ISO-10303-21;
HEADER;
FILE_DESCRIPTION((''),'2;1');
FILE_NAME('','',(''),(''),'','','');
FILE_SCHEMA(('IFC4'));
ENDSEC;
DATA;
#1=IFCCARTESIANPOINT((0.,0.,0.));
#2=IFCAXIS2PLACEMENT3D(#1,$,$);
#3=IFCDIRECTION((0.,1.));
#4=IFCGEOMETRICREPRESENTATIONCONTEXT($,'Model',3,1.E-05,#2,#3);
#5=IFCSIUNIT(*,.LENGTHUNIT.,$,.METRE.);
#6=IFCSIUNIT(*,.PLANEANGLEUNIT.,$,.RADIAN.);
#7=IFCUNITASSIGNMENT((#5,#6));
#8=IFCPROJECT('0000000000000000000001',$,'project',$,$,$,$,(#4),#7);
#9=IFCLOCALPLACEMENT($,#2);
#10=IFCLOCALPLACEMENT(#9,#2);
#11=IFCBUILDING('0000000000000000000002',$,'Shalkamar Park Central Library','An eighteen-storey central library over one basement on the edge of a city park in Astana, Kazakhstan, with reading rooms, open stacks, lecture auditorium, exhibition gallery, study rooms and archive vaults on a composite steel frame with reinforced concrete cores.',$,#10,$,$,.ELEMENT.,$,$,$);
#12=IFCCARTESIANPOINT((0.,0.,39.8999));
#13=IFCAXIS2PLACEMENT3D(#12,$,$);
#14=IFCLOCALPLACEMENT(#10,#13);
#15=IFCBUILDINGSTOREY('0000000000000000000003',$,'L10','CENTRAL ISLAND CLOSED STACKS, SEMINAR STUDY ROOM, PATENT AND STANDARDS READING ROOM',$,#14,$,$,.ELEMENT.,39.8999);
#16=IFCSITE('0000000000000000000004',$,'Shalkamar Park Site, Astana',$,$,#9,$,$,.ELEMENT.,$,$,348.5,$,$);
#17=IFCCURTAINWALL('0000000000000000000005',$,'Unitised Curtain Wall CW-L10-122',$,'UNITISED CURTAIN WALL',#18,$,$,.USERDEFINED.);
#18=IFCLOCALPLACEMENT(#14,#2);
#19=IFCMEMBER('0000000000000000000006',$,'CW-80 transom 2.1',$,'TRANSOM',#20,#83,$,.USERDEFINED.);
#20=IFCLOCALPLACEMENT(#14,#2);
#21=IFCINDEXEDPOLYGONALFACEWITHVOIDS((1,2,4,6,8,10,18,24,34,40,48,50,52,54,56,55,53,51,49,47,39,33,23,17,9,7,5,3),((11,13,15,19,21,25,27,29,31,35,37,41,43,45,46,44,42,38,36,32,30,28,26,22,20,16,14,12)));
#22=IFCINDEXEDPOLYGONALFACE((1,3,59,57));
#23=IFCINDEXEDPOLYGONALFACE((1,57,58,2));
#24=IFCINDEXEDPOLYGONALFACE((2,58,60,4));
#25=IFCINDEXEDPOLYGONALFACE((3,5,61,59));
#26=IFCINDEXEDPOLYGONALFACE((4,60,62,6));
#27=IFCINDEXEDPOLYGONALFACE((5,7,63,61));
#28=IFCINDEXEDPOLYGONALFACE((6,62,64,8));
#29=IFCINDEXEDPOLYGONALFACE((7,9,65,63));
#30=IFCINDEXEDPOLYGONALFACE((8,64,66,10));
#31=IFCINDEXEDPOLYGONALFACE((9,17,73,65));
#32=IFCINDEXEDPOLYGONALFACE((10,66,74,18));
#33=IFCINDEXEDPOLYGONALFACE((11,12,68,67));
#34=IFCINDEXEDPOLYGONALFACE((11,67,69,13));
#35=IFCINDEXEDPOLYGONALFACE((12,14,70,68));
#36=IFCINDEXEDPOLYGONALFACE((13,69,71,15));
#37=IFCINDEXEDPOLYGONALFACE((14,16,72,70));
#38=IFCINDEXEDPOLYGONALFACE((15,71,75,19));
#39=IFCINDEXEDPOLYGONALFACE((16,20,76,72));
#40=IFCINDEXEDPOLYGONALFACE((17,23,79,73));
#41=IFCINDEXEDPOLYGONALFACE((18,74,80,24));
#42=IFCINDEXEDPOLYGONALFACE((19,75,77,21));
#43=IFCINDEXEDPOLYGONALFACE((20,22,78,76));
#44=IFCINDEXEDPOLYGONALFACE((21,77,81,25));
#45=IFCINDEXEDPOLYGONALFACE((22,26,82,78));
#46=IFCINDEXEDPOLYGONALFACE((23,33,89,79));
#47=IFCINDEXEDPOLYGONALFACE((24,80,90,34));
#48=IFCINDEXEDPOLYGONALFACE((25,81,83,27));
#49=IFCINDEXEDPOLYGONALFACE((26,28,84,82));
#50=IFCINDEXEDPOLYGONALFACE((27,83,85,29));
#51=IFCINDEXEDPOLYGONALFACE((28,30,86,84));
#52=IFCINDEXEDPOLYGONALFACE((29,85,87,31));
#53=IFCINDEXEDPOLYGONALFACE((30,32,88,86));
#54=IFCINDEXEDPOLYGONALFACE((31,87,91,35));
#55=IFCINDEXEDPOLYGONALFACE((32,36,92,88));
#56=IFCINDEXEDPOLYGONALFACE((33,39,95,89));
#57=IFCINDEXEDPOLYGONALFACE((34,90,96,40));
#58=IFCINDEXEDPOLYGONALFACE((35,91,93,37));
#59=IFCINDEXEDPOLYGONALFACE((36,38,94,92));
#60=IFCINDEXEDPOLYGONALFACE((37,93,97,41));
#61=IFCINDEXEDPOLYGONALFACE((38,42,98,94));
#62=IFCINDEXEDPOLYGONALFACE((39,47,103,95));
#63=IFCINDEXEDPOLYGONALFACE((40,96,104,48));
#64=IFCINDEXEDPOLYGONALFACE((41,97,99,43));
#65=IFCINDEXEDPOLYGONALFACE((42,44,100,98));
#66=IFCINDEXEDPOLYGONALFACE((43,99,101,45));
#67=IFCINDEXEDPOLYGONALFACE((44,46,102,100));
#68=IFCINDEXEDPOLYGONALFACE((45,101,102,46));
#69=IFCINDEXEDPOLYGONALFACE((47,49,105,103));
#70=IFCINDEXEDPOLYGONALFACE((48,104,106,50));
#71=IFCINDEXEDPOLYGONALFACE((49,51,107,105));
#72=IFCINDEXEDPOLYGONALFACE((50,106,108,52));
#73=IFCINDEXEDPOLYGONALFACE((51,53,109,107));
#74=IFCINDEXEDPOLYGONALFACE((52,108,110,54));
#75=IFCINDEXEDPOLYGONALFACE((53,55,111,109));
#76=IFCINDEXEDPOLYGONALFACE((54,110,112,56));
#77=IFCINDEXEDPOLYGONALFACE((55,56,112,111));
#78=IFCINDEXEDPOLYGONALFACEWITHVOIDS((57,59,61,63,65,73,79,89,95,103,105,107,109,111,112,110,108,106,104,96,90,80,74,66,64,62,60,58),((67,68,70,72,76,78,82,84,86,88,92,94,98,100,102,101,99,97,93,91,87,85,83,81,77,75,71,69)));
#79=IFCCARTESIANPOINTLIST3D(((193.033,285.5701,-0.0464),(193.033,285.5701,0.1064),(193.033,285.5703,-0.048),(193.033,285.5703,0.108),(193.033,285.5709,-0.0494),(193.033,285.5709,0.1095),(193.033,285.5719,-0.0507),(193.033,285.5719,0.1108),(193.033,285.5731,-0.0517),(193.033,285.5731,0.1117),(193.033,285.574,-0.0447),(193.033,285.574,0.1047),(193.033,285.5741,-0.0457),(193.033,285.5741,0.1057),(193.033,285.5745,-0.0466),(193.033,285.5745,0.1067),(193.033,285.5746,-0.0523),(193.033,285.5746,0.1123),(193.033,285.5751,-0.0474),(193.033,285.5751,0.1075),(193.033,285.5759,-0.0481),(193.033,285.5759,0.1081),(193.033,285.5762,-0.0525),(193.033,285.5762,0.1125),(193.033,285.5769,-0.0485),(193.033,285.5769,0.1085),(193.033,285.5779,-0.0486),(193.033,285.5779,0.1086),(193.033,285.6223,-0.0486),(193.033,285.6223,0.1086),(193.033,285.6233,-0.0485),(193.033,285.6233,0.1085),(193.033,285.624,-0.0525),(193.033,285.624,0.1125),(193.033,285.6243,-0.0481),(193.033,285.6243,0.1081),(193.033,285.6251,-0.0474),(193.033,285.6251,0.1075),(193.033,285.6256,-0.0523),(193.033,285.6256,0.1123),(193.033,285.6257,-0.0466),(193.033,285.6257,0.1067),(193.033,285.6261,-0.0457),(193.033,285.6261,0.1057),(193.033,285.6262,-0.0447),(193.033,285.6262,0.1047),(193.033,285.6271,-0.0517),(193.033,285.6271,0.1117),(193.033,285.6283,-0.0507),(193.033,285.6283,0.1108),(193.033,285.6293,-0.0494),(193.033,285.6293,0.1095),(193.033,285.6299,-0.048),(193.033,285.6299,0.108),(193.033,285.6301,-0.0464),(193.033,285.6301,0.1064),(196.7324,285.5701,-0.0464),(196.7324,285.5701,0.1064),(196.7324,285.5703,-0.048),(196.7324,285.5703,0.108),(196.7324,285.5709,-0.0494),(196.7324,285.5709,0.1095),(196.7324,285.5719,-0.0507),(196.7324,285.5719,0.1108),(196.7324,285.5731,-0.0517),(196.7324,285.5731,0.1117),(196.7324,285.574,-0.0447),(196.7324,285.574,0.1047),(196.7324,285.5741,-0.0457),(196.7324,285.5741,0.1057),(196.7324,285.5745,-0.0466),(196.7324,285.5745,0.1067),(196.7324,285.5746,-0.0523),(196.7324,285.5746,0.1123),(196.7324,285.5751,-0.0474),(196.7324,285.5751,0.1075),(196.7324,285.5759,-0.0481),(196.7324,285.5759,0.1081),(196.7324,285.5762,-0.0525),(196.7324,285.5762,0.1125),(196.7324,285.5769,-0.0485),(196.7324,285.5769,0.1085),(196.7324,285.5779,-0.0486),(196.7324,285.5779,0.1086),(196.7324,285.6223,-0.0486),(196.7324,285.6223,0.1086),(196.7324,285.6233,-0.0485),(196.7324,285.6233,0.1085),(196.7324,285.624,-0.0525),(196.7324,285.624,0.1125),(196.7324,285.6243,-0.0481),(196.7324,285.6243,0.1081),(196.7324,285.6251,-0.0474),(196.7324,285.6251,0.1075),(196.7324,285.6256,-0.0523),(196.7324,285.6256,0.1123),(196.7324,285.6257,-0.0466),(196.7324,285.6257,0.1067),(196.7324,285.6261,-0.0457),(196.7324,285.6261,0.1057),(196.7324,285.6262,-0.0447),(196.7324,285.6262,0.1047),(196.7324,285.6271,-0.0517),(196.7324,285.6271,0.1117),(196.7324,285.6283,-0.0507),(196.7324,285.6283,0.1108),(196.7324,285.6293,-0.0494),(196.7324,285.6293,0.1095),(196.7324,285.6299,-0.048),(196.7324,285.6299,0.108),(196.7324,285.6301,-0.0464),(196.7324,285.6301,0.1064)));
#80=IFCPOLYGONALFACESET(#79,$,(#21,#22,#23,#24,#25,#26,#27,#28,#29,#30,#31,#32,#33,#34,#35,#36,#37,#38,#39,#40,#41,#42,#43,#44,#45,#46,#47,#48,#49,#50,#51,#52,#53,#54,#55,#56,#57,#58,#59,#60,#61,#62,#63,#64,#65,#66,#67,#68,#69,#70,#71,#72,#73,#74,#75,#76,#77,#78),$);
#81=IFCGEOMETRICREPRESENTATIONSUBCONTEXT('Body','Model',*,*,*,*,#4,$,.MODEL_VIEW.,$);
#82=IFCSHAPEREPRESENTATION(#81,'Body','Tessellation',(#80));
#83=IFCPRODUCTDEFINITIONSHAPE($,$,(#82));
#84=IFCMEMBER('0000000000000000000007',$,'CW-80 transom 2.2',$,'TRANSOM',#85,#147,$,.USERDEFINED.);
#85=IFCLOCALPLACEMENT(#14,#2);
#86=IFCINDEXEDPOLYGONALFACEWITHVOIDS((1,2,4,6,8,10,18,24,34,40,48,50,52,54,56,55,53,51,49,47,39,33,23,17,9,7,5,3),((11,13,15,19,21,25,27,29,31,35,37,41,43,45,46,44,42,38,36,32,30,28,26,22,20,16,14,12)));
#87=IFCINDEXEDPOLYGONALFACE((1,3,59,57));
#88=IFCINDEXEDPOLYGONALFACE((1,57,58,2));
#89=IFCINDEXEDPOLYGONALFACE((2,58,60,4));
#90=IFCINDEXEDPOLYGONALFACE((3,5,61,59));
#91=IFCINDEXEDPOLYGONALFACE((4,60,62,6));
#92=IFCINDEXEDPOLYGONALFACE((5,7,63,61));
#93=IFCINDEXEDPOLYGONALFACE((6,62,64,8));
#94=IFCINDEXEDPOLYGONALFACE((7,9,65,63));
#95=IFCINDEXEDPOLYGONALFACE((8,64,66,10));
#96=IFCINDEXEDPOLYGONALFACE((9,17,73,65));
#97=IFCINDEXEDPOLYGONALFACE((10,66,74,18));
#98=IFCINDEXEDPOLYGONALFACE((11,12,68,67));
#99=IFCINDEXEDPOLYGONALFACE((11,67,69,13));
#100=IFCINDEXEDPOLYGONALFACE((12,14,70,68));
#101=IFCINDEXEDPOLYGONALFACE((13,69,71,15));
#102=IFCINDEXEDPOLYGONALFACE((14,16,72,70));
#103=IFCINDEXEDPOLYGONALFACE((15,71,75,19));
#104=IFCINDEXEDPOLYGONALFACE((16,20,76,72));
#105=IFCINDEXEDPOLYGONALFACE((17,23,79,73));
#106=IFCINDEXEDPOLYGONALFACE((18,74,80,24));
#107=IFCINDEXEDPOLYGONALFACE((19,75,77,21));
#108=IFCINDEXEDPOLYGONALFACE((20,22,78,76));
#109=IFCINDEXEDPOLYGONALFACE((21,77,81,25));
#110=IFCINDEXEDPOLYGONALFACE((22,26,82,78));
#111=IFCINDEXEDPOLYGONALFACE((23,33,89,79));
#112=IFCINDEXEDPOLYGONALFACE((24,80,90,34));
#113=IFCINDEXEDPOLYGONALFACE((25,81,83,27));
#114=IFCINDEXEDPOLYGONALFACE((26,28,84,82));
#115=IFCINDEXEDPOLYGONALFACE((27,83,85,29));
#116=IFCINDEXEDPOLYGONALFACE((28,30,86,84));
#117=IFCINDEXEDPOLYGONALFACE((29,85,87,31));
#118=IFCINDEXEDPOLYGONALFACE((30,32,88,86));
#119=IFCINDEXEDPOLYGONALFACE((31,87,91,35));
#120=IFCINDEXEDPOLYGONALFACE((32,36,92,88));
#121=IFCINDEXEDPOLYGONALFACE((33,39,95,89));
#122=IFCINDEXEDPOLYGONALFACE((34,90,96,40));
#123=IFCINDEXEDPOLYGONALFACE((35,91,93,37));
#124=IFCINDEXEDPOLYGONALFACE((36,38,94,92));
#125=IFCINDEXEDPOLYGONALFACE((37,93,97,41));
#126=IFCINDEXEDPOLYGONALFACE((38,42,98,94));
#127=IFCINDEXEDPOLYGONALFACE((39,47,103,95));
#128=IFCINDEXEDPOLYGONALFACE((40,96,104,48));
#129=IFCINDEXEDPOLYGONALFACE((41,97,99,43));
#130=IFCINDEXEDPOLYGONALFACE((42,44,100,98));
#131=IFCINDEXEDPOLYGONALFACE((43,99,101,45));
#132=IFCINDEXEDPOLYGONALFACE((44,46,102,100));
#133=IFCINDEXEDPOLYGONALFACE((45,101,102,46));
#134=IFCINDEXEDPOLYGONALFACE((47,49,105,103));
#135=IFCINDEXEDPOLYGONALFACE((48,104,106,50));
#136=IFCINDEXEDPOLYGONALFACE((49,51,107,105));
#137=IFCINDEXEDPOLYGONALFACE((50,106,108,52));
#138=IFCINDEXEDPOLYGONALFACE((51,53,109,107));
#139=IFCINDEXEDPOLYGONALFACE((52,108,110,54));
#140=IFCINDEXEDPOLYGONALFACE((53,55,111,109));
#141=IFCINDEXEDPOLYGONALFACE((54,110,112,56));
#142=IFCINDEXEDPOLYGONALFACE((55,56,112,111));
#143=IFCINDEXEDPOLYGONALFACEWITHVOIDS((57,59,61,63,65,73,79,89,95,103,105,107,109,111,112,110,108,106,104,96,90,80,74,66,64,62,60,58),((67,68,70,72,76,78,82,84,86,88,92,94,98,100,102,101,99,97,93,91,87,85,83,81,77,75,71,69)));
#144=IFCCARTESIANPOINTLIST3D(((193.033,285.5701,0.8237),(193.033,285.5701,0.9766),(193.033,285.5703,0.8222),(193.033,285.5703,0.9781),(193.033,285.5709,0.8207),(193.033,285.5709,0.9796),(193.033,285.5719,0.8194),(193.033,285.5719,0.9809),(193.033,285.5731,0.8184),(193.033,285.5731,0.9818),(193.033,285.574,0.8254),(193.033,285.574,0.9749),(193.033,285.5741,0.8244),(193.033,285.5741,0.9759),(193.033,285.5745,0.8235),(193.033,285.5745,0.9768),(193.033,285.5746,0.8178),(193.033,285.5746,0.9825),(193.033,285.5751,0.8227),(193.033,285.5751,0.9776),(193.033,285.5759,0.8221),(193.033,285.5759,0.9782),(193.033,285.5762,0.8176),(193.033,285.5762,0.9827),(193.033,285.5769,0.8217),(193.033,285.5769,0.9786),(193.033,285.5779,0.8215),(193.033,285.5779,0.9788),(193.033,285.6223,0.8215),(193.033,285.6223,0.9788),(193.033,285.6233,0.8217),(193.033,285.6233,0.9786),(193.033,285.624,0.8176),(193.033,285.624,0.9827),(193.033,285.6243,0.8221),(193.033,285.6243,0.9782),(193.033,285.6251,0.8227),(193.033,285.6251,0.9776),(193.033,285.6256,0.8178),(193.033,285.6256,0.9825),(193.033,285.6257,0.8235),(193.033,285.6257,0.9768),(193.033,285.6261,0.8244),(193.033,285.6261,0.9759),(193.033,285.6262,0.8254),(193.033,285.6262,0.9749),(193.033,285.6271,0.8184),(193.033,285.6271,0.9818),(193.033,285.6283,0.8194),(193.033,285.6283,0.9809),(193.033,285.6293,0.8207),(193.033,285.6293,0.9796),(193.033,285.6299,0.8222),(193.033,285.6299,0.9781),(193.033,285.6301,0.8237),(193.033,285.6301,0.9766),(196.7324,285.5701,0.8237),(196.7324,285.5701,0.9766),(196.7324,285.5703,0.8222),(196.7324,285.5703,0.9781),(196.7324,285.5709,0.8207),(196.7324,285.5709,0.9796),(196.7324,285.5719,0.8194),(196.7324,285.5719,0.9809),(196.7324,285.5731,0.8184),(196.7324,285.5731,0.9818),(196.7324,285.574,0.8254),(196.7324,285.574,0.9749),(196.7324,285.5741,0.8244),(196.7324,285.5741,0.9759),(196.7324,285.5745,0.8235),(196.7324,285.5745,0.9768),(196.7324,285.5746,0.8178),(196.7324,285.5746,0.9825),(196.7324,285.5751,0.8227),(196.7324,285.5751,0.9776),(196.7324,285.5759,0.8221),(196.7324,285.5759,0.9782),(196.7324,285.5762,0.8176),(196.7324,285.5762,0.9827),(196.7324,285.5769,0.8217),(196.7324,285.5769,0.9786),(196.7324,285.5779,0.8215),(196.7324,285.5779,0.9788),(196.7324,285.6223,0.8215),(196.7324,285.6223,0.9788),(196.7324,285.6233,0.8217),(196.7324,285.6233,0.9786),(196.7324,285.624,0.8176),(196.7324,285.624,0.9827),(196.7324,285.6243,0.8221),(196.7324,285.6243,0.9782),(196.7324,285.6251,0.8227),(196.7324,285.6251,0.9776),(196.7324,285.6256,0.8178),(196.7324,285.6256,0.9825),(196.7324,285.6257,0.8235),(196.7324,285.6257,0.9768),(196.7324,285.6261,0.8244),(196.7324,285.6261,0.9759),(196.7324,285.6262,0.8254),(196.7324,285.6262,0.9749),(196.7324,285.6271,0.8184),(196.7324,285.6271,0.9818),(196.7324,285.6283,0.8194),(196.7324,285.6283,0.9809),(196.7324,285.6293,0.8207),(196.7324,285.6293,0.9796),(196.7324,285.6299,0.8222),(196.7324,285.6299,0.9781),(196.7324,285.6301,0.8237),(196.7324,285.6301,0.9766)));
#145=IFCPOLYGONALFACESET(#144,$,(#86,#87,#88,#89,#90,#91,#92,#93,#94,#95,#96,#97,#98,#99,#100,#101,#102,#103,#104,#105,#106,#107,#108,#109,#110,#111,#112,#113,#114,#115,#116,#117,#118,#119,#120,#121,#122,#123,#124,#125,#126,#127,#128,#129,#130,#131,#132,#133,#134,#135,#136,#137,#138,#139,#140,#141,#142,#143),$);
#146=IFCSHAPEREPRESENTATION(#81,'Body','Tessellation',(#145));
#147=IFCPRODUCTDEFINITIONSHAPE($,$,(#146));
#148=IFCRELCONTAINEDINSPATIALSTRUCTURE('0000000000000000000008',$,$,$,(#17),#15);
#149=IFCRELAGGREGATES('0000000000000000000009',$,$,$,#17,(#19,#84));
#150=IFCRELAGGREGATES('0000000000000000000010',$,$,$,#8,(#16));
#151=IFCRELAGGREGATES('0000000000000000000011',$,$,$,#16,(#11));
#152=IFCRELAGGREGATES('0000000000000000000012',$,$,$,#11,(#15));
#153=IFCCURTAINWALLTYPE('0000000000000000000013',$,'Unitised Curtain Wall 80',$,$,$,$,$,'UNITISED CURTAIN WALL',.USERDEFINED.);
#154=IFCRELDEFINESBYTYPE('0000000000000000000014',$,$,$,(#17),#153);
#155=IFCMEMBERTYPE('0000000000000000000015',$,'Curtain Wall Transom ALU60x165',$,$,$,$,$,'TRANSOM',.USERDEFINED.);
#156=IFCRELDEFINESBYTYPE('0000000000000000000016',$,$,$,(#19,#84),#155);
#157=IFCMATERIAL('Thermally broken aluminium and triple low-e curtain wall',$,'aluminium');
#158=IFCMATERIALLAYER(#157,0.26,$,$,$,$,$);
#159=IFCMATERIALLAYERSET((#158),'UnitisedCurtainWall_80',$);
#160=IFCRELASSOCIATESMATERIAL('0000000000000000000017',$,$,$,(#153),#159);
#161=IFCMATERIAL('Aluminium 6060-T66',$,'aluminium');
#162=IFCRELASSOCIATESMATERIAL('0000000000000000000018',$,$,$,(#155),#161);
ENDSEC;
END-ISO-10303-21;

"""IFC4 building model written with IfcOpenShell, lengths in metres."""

from ifc_helpers import new_model, si_unit, direction, frame, origin, origin_2d, place, context, subcontext, project, spatial, hollow_rectangle, extrude, material, layer, layer_set, material_profile, profile_set, type_object, element, aggregate, save


model = new_model("IFC4")

# Units and contexts
model_context = context("Model", 3, precision=1e-05, world=origin(), true_north=direction((0.0, 1.0)))
body_context = subcontext(model_context, "Body", "Model", "MODEL_VIEW")
ifc_project = project(units=[si_unit("LENGTHUNIT", "METRE"), si_unit("PLANEANGLEUNIT", "RADIAN")], contexts=[model_context])

# Site, building, storey
site_placement = place(None, origin())
site = spatial("IfcSite", under=ifc_project, at=site_placement, Name="Shalkamar Park Site, Astana", CompositionType="ELEMENT", RefElevation=348.5)
building_placement = place(site_placement, origin())
building = spatial("IfcBuilding", under=site, at=building_placement, Name="Shalkamar Park Central Library", Description="An eighteen-storey central library over one basement on the edge of a city park in Astana, Kazakhstan, with reading rooms, open stacks, lecture auditorium, exhibition gallery, study rooms and archive vaults on a composite steel frame with reinforced concrete cores.", CompositionType="ELEMENT")
storey_placement = place(building_placement, frame((0.0, 0.0, 39.8999)))
storey = spatial("IfcBuildingStorey", under=building, at=storey_placement, Name="L10", Description="CENTRAL ISLAND CLOSED STACKS, SEMINAR STUDY ROOM, PATENT AND STANDARDS READING ROOM", CompositionType="ELEMENT", Elevation=39.8999)

# Curtain wall, members
ifc_material_1 = material(Name="Thermally broken aluminium and triple low-e curtain wall", Category="aluminium")
ifc_layer_1 = layer(ifc_material_1, 0.26)
ifc_layer_set_1 = layer_set([ifc_layer_1], Name="UnitisedCurtainWall_80")
curtain_wall_type = type_object("IfcCurtainWallType", Name="Unitised Curtain Wall 80", ElementType="UNITISED CURTAIN WALL", PredefinedType="USERDEFINED", material=ifc_layer_set_1)
curtain_wall_placement = place(storey_placement, origin())
curtain_wall = element("IfcCurtainWall", 1, at=curtain_wall_placement, inside=storey, type_object=curtain_wall_type, Name="Unitised Curtain Wall CW-L10-122", ObjectType="UNITISED CURTAIN WALL", PredefinedType="USERDEFINED")
ifc_material_2 = material(Name="Aluminium 6060-T66", Category="aluminium")
ifc_material_profile_1 = material_profile(ifc_material_2, hollow_rectangle(XDim=0.0601, YDim=0.165, WallThickness=0.0039, InnerFilletRadius=0.0039, OuterFilletRadius=0.0061, at=origin_2d()), Name="ALU 60x165x4")
ifc_profile_set_1 = profile_set([ifc_material_profile_1], Name="Aluminium 6060-T66")
member_type_1 = type_object("IfcMemberType", Name="Curtain Wall Transom ALU60x165", ElementType="TRANSOM", PredefinedType="USERDEFINED", material=ifc_profile_set_1)
member_1_placement = place(storey_placement, frame((193.033, 285.6001, 0.03), z_axis=(1.0, 0.0, 0.0), x_axis=(0.0, 1.0, 0.0)))
member_1 = element("IfcMember", 2, at=member_1_placement, type_object=member_type_1, Name="CW-80 transom 2.1", ObjectType="TRANSOM", PredefinedType="USERDEFINED", context=body_context, shape_type="SweptSolid", body=[
    extrude(hollow_rectangle(XDim=0.0601, YDim=0.165, WallThickness=0.0039, InnerFilletRadius=0.0039, OuterFilletRadius=0.0061, at=origin_2d()), origin(), (0.0, 0.0, 1.0), 3.6995),
])
member_2_placement = place(storey_placement, frame((193.033, 285.6001, 0.9001), z_axis=(1.0, 0.0, 0.0), x_axis=(0.0, 1.0, 0.0)))
member_2 = element("IfcMember", 3, at=member_2_placement, type_object=member_type_1, Name="CW-80 transom 2.2", ObjectType="TRANSOM", PredefinedType="USERDEFINED", context=body_context, shape_type="SweptSolid", body=[
    extrude(hollow_rectangle(XDim=0.0601, YDim=0.165, WallThickness=0.0039, InnerFilletRadius=0.0039, OuterFilletRadius=0.0061, at=origin_2d()), origin(), (0.0, 0.0, 1.0), 3.6995),
])

aggregate(curtain_wall, [member_1, member_2])

save(model, "model.ifc")
